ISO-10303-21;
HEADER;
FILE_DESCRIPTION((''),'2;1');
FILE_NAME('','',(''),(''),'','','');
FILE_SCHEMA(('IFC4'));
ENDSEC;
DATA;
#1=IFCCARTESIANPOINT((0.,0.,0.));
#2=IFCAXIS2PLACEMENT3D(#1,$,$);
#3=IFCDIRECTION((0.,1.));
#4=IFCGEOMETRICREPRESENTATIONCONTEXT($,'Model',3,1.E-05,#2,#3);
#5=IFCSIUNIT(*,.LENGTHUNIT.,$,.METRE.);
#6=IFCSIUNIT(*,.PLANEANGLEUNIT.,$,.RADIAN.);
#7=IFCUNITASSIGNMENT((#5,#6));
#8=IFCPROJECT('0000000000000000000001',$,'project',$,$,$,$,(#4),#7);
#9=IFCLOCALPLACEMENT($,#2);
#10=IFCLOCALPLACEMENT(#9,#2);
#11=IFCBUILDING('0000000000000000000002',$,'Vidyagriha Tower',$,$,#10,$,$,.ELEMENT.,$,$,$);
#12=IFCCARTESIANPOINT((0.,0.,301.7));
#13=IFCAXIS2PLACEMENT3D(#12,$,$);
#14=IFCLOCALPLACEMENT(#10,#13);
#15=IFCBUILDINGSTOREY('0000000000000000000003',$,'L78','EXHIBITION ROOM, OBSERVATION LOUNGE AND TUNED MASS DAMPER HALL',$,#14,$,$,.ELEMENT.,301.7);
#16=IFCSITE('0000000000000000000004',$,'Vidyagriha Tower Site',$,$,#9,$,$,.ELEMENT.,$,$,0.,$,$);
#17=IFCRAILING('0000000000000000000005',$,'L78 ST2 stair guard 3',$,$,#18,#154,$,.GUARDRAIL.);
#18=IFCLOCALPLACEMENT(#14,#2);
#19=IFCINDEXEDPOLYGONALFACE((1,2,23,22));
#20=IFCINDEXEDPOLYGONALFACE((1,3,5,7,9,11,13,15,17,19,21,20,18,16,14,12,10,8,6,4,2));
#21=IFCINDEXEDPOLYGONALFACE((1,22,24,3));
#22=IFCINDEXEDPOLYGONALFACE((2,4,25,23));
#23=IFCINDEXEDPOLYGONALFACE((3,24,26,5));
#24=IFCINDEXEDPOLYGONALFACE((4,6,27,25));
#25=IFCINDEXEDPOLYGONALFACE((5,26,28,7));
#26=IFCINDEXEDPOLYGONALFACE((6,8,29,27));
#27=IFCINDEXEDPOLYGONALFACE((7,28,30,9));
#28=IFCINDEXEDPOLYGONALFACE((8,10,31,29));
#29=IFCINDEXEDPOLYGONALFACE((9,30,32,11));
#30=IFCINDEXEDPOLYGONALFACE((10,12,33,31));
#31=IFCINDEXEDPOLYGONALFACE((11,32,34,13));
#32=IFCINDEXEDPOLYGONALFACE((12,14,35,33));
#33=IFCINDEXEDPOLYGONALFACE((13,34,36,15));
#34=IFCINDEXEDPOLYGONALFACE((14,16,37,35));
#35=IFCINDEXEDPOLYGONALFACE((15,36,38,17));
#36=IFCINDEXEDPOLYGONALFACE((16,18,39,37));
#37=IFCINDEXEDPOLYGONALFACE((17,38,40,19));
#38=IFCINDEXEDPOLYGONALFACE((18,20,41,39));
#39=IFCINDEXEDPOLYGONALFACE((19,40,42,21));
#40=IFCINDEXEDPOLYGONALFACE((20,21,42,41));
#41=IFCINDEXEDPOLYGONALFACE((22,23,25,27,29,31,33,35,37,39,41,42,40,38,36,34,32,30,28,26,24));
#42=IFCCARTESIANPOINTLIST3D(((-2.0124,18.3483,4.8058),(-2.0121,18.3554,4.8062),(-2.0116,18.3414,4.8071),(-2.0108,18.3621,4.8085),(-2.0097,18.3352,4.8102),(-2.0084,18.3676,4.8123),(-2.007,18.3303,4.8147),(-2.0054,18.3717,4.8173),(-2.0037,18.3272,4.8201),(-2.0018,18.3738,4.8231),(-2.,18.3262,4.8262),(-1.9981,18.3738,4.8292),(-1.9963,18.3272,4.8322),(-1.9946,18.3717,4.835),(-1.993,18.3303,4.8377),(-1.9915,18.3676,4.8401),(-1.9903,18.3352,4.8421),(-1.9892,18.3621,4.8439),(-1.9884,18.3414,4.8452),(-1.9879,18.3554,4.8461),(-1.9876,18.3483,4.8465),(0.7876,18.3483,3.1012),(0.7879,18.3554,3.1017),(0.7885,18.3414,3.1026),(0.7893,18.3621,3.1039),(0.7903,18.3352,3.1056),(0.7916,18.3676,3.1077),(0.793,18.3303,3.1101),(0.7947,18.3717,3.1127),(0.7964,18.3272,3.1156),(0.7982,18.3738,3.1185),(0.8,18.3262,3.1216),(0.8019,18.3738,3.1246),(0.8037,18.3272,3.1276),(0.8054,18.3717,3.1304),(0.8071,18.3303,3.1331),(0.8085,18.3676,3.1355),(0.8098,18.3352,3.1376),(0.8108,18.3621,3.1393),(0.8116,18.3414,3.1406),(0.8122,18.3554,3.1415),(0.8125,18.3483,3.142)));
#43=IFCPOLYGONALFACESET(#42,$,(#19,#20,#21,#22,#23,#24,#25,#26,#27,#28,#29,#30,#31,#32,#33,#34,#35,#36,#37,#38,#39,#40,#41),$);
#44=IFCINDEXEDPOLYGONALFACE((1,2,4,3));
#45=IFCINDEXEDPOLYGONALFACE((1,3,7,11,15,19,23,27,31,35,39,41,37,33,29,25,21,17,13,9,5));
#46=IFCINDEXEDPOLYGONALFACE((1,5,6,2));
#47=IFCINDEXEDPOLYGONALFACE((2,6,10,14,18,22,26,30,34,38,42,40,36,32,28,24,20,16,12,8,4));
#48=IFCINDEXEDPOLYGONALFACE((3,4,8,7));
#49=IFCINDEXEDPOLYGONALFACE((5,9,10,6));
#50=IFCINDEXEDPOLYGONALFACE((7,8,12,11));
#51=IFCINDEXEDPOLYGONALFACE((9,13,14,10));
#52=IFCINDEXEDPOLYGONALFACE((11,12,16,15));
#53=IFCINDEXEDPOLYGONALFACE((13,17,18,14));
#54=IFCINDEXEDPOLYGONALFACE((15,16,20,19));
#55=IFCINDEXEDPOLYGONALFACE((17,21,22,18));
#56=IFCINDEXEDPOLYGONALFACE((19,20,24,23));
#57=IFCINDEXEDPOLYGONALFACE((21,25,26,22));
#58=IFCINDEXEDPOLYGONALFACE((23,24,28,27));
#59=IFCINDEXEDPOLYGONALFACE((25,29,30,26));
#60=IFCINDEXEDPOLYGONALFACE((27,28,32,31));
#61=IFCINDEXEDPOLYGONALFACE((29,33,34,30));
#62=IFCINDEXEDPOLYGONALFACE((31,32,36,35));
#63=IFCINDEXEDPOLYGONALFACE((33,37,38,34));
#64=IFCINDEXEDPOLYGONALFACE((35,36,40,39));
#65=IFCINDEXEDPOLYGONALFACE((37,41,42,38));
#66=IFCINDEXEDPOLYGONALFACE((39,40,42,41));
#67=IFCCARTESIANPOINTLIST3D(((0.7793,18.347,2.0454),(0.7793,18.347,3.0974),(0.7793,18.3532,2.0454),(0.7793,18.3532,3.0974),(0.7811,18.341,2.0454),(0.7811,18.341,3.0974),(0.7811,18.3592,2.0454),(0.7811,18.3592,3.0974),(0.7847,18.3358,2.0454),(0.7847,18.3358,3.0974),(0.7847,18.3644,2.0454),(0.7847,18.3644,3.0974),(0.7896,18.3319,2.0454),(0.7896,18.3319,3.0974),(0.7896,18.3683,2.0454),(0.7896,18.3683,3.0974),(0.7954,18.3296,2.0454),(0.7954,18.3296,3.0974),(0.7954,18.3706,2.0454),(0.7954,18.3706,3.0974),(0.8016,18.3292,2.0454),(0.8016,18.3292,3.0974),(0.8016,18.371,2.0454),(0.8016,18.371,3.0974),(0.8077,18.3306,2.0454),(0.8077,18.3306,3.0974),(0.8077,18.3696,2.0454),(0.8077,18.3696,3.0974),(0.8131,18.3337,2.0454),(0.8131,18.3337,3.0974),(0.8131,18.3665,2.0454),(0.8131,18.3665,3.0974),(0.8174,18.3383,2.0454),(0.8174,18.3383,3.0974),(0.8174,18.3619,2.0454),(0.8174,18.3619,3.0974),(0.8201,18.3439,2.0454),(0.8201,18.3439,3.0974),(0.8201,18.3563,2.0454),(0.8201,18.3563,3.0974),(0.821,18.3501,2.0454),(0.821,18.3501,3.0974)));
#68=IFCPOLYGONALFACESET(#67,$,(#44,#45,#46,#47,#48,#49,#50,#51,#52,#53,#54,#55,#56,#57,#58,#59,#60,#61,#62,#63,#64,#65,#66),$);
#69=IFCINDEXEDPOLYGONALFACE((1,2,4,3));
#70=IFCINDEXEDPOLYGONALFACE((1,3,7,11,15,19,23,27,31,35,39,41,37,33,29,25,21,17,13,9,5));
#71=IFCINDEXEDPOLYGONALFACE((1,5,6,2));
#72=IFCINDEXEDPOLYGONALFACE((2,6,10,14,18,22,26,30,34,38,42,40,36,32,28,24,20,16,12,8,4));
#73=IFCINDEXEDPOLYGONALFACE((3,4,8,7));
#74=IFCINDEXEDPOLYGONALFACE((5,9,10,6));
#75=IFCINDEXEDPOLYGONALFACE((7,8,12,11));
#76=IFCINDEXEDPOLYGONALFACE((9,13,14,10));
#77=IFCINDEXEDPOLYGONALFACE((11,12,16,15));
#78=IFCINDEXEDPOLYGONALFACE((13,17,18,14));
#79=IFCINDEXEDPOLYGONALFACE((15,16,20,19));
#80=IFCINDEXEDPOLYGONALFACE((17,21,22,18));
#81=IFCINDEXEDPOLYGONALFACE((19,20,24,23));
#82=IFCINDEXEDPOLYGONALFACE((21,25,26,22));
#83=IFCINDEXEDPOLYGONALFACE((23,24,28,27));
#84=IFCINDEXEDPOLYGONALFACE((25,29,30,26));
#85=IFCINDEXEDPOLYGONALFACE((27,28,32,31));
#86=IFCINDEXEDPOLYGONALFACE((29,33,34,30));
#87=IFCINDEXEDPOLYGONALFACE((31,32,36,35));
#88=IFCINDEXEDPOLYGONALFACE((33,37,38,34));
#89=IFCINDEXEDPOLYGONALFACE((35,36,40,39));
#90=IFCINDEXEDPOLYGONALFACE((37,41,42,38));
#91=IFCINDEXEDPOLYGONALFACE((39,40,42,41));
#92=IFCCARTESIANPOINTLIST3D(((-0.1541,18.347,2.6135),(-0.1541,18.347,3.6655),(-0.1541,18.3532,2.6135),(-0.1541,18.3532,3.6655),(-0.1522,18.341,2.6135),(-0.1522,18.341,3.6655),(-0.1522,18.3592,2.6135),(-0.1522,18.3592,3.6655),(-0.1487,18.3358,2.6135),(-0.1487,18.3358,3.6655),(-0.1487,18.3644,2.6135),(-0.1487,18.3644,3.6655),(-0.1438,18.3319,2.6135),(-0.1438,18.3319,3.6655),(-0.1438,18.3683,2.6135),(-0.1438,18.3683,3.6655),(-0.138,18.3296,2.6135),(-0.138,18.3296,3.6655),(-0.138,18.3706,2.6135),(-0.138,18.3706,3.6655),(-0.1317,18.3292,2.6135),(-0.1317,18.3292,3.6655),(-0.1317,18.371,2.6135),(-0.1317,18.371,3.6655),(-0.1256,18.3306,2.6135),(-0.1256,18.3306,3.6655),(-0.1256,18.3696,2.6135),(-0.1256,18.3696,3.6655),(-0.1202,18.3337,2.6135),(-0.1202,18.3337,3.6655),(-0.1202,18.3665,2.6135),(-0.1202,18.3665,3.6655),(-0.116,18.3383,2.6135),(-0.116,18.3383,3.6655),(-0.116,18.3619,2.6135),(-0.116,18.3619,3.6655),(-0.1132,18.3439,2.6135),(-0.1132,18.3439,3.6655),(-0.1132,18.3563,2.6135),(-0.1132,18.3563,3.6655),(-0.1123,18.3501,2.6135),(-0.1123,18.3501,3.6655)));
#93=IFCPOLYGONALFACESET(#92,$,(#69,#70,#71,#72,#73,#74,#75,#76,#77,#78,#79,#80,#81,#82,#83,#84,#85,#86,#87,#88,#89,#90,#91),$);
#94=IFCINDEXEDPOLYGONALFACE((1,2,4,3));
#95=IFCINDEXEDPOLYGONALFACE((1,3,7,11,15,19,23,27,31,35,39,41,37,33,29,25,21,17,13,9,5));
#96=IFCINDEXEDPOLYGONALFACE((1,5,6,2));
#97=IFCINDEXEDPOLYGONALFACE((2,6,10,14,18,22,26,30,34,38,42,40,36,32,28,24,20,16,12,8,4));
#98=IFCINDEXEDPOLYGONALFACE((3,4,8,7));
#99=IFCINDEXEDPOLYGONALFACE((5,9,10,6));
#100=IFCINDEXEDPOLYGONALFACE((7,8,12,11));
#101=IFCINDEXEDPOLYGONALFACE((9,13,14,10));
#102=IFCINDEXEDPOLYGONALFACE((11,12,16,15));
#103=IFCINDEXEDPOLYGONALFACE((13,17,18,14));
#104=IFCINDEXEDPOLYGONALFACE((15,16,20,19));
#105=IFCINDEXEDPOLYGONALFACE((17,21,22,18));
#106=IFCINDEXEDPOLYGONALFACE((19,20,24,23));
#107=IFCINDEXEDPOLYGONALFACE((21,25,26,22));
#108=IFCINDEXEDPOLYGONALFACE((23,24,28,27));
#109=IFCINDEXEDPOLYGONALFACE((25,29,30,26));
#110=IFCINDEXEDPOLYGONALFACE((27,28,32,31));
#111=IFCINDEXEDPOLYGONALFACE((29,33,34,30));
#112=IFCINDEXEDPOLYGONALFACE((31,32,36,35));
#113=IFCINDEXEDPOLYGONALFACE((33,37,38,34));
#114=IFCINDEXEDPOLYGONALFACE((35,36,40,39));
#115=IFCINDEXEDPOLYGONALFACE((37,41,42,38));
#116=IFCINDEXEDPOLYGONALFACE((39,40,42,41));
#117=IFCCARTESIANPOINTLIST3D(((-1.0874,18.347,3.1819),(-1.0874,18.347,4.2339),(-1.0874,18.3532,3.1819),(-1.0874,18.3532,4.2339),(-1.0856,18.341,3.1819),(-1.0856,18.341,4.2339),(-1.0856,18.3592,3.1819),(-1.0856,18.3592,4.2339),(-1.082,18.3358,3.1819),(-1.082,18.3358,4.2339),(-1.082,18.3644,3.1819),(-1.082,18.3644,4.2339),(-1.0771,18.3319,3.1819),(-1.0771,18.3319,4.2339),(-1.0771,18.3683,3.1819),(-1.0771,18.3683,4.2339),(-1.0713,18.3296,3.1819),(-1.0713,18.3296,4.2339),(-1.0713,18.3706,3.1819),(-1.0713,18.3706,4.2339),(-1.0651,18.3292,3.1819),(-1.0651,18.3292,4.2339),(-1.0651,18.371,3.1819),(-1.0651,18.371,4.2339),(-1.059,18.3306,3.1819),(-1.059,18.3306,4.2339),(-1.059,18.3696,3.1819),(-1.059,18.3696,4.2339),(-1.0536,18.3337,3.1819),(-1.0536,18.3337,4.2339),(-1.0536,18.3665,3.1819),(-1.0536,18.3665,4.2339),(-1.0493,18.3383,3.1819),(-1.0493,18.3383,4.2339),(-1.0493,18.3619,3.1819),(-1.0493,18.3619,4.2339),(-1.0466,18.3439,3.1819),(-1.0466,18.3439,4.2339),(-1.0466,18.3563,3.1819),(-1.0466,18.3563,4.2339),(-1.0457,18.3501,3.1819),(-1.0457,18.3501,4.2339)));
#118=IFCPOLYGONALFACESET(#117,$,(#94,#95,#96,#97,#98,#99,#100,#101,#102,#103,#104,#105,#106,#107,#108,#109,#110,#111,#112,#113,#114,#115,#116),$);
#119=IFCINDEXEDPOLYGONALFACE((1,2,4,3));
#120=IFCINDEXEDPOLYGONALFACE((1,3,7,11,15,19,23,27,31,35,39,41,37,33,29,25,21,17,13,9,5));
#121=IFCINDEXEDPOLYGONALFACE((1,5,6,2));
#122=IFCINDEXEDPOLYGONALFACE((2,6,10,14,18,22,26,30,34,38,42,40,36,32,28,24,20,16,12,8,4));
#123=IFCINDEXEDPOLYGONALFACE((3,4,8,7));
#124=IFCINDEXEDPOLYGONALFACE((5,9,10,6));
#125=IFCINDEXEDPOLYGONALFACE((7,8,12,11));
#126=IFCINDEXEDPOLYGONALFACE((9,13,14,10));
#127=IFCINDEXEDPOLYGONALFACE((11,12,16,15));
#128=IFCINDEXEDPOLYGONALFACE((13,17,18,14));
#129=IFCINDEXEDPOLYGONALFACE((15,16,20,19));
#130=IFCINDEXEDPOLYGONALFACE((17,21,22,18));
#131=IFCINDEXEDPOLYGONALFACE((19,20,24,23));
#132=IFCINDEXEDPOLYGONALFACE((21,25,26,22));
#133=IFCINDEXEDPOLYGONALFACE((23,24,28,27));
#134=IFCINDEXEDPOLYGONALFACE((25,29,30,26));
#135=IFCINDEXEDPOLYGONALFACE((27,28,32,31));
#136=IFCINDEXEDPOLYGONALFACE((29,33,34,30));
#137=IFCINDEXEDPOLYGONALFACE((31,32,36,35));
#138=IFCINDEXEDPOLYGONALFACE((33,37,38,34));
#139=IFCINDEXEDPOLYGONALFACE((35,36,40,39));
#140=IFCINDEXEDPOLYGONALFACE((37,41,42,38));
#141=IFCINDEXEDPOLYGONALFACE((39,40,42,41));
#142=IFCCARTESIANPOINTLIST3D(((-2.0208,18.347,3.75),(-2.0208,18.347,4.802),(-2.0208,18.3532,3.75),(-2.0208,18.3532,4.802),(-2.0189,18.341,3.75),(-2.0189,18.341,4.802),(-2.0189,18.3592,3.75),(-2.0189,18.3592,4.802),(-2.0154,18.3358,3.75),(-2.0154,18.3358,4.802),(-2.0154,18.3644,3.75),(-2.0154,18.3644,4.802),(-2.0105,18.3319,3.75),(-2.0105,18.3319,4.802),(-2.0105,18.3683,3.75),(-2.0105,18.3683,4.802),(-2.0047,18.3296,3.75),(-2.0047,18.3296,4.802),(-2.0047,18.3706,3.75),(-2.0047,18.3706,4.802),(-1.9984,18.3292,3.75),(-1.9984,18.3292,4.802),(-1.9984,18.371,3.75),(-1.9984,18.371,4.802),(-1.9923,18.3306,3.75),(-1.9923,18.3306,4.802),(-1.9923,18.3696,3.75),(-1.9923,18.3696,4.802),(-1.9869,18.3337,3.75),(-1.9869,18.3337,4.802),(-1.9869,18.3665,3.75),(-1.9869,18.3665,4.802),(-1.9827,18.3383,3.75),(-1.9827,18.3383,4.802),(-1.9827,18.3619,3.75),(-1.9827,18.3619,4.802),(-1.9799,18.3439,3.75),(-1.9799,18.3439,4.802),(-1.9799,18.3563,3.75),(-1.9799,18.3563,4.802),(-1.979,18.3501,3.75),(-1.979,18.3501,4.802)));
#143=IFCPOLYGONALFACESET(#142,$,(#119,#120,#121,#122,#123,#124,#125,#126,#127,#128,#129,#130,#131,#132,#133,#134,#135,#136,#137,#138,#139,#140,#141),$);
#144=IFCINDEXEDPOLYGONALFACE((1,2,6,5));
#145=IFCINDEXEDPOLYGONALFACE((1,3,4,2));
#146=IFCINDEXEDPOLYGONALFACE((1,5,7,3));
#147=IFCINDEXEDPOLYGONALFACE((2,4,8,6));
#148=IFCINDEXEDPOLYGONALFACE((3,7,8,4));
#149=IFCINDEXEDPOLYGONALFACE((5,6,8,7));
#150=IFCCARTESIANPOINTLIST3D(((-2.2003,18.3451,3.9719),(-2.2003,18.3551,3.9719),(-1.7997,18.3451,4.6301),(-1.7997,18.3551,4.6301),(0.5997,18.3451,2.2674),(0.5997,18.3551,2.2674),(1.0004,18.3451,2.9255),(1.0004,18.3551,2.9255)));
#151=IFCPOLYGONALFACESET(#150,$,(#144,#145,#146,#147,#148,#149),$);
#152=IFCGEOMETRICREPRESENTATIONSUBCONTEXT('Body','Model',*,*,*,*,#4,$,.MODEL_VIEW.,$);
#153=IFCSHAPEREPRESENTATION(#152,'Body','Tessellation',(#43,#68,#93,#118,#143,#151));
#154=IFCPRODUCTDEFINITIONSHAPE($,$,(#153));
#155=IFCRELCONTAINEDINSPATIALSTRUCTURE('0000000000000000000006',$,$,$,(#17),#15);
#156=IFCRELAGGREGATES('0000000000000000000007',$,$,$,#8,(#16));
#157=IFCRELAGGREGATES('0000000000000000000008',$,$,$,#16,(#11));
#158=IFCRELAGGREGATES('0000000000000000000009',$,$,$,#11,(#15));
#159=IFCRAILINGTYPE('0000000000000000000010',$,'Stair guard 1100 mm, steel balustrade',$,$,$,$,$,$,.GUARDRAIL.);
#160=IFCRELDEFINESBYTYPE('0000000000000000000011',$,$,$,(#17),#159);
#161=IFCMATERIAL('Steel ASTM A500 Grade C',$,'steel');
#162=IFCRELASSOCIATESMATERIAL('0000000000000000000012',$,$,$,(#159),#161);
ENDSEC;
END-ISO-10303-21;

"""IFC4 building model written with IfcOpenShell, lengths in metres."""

from ifc_helpers import new_model, si_unit, direction, frame, origin, origin_2d, place, context, subcontext, project, spatial, rectangle, circle, extrude, material, type_object, element, save


model = new_model("IFC4")

# Units and contexts
model_context = context("Model", 3, precision=1e-05, world=origin(), true_north=direction((0.0, 1.0)))
body_context = subcontext(model_context, "Body", "Model", "MODEL_VIEW")
ifc_project = project(units=[si_unit("LENGTHUNIT", "METRE"), si_unit("PLANEANGLEUNIT", "RADIAN")], contexts=[model_context])

# Site, building, storey
site_placement = place(None, origin())
site = spatial("IfcSite", under=ifc_project, at=site_placement, Name="Vidyagriha Tower Site", CompositionType="ELEMENT", RefElevation=0.0)
building_placement = place(site_placement, origin())
building = spatial("IfcBuilding", under=site, at=building_placement, Name="Vidyagriha Tower", CompositionType="ELEMENT")
storey_placement = place(building_placement, frame((0.0, 0.0, 301.7)))
storey = spatial("IfcBuildingStorey", under=building, at=storey_placement, Name="L78", Description="EXHIBITION ROOM, OBSERVATION LOUNGE AND TUNED MASS DAMPER HALL", CompositionType="ELEMENT", Elevation=301.7)

# Railing
ifc_material_1 = material(Name="Steel ASTM A500 Grade C", Category="steel")
railing_type_1 = type_object("IfcRailingType", Name="Stair guard 1100 mm, steel balustrade", PredefinedType="GUARDRAIL", material=ifc_material_1)
railing_1_placement = place(storey_placement, frame((0.8, 18.3501, 2.0454)))
element("IfcRailing", 1, at=railing_1_placement, inside=storey, type_object=railing_type_1, Name="L78 ST2 stair guard 3", PredefinedType="GUARDRAIL", context=body_context, shape_type="SweptSolid", body=[
    extrude(circle(Radius=0.0239, at=origin_2d()), frame((0.0, 0.0, 1.0762), z_axis=(-0.85417, 0.0, 0.519994), x_axis=(0.0, -1.0, 0.0)), (0.0, 0.0, 1.0), 3.2781),
    extrude(circle(Radius=0.021, at=origin_2d()), origin(), (0.0, 0.0, 1.0), 1.052),
    extrude(circle(Radius=0.021, at=origin_2d()), frame((-0.9333, 0.0, 0.5681)), (0.0, 0.0, 1.0), 1.052),
    extrude(circle(Radius=0.021, at=origin_2d()), frame((-1.8667, 0.0, 1.1365)), (0.0, 0.0, 1.0), 1.052),
    extrude(circle(Radius=0.021, at=origin_2d()), frame((-2.8, 0.0, 1.7046)), (0.0, 0.0, 1.0), 1.052),
    extrude(rectangle(XDim=0.01, YDim=0.7705, at=origin_2d()), frame((0.0, 0.0, 0.551), z_axis=(-0.85417, 0.0, 0.519994), x_axis=(0.0, -1.0, 0.0)), (0.0, 0.0, 1.0), 3.2781),
])

save(model, "model.ifc")
